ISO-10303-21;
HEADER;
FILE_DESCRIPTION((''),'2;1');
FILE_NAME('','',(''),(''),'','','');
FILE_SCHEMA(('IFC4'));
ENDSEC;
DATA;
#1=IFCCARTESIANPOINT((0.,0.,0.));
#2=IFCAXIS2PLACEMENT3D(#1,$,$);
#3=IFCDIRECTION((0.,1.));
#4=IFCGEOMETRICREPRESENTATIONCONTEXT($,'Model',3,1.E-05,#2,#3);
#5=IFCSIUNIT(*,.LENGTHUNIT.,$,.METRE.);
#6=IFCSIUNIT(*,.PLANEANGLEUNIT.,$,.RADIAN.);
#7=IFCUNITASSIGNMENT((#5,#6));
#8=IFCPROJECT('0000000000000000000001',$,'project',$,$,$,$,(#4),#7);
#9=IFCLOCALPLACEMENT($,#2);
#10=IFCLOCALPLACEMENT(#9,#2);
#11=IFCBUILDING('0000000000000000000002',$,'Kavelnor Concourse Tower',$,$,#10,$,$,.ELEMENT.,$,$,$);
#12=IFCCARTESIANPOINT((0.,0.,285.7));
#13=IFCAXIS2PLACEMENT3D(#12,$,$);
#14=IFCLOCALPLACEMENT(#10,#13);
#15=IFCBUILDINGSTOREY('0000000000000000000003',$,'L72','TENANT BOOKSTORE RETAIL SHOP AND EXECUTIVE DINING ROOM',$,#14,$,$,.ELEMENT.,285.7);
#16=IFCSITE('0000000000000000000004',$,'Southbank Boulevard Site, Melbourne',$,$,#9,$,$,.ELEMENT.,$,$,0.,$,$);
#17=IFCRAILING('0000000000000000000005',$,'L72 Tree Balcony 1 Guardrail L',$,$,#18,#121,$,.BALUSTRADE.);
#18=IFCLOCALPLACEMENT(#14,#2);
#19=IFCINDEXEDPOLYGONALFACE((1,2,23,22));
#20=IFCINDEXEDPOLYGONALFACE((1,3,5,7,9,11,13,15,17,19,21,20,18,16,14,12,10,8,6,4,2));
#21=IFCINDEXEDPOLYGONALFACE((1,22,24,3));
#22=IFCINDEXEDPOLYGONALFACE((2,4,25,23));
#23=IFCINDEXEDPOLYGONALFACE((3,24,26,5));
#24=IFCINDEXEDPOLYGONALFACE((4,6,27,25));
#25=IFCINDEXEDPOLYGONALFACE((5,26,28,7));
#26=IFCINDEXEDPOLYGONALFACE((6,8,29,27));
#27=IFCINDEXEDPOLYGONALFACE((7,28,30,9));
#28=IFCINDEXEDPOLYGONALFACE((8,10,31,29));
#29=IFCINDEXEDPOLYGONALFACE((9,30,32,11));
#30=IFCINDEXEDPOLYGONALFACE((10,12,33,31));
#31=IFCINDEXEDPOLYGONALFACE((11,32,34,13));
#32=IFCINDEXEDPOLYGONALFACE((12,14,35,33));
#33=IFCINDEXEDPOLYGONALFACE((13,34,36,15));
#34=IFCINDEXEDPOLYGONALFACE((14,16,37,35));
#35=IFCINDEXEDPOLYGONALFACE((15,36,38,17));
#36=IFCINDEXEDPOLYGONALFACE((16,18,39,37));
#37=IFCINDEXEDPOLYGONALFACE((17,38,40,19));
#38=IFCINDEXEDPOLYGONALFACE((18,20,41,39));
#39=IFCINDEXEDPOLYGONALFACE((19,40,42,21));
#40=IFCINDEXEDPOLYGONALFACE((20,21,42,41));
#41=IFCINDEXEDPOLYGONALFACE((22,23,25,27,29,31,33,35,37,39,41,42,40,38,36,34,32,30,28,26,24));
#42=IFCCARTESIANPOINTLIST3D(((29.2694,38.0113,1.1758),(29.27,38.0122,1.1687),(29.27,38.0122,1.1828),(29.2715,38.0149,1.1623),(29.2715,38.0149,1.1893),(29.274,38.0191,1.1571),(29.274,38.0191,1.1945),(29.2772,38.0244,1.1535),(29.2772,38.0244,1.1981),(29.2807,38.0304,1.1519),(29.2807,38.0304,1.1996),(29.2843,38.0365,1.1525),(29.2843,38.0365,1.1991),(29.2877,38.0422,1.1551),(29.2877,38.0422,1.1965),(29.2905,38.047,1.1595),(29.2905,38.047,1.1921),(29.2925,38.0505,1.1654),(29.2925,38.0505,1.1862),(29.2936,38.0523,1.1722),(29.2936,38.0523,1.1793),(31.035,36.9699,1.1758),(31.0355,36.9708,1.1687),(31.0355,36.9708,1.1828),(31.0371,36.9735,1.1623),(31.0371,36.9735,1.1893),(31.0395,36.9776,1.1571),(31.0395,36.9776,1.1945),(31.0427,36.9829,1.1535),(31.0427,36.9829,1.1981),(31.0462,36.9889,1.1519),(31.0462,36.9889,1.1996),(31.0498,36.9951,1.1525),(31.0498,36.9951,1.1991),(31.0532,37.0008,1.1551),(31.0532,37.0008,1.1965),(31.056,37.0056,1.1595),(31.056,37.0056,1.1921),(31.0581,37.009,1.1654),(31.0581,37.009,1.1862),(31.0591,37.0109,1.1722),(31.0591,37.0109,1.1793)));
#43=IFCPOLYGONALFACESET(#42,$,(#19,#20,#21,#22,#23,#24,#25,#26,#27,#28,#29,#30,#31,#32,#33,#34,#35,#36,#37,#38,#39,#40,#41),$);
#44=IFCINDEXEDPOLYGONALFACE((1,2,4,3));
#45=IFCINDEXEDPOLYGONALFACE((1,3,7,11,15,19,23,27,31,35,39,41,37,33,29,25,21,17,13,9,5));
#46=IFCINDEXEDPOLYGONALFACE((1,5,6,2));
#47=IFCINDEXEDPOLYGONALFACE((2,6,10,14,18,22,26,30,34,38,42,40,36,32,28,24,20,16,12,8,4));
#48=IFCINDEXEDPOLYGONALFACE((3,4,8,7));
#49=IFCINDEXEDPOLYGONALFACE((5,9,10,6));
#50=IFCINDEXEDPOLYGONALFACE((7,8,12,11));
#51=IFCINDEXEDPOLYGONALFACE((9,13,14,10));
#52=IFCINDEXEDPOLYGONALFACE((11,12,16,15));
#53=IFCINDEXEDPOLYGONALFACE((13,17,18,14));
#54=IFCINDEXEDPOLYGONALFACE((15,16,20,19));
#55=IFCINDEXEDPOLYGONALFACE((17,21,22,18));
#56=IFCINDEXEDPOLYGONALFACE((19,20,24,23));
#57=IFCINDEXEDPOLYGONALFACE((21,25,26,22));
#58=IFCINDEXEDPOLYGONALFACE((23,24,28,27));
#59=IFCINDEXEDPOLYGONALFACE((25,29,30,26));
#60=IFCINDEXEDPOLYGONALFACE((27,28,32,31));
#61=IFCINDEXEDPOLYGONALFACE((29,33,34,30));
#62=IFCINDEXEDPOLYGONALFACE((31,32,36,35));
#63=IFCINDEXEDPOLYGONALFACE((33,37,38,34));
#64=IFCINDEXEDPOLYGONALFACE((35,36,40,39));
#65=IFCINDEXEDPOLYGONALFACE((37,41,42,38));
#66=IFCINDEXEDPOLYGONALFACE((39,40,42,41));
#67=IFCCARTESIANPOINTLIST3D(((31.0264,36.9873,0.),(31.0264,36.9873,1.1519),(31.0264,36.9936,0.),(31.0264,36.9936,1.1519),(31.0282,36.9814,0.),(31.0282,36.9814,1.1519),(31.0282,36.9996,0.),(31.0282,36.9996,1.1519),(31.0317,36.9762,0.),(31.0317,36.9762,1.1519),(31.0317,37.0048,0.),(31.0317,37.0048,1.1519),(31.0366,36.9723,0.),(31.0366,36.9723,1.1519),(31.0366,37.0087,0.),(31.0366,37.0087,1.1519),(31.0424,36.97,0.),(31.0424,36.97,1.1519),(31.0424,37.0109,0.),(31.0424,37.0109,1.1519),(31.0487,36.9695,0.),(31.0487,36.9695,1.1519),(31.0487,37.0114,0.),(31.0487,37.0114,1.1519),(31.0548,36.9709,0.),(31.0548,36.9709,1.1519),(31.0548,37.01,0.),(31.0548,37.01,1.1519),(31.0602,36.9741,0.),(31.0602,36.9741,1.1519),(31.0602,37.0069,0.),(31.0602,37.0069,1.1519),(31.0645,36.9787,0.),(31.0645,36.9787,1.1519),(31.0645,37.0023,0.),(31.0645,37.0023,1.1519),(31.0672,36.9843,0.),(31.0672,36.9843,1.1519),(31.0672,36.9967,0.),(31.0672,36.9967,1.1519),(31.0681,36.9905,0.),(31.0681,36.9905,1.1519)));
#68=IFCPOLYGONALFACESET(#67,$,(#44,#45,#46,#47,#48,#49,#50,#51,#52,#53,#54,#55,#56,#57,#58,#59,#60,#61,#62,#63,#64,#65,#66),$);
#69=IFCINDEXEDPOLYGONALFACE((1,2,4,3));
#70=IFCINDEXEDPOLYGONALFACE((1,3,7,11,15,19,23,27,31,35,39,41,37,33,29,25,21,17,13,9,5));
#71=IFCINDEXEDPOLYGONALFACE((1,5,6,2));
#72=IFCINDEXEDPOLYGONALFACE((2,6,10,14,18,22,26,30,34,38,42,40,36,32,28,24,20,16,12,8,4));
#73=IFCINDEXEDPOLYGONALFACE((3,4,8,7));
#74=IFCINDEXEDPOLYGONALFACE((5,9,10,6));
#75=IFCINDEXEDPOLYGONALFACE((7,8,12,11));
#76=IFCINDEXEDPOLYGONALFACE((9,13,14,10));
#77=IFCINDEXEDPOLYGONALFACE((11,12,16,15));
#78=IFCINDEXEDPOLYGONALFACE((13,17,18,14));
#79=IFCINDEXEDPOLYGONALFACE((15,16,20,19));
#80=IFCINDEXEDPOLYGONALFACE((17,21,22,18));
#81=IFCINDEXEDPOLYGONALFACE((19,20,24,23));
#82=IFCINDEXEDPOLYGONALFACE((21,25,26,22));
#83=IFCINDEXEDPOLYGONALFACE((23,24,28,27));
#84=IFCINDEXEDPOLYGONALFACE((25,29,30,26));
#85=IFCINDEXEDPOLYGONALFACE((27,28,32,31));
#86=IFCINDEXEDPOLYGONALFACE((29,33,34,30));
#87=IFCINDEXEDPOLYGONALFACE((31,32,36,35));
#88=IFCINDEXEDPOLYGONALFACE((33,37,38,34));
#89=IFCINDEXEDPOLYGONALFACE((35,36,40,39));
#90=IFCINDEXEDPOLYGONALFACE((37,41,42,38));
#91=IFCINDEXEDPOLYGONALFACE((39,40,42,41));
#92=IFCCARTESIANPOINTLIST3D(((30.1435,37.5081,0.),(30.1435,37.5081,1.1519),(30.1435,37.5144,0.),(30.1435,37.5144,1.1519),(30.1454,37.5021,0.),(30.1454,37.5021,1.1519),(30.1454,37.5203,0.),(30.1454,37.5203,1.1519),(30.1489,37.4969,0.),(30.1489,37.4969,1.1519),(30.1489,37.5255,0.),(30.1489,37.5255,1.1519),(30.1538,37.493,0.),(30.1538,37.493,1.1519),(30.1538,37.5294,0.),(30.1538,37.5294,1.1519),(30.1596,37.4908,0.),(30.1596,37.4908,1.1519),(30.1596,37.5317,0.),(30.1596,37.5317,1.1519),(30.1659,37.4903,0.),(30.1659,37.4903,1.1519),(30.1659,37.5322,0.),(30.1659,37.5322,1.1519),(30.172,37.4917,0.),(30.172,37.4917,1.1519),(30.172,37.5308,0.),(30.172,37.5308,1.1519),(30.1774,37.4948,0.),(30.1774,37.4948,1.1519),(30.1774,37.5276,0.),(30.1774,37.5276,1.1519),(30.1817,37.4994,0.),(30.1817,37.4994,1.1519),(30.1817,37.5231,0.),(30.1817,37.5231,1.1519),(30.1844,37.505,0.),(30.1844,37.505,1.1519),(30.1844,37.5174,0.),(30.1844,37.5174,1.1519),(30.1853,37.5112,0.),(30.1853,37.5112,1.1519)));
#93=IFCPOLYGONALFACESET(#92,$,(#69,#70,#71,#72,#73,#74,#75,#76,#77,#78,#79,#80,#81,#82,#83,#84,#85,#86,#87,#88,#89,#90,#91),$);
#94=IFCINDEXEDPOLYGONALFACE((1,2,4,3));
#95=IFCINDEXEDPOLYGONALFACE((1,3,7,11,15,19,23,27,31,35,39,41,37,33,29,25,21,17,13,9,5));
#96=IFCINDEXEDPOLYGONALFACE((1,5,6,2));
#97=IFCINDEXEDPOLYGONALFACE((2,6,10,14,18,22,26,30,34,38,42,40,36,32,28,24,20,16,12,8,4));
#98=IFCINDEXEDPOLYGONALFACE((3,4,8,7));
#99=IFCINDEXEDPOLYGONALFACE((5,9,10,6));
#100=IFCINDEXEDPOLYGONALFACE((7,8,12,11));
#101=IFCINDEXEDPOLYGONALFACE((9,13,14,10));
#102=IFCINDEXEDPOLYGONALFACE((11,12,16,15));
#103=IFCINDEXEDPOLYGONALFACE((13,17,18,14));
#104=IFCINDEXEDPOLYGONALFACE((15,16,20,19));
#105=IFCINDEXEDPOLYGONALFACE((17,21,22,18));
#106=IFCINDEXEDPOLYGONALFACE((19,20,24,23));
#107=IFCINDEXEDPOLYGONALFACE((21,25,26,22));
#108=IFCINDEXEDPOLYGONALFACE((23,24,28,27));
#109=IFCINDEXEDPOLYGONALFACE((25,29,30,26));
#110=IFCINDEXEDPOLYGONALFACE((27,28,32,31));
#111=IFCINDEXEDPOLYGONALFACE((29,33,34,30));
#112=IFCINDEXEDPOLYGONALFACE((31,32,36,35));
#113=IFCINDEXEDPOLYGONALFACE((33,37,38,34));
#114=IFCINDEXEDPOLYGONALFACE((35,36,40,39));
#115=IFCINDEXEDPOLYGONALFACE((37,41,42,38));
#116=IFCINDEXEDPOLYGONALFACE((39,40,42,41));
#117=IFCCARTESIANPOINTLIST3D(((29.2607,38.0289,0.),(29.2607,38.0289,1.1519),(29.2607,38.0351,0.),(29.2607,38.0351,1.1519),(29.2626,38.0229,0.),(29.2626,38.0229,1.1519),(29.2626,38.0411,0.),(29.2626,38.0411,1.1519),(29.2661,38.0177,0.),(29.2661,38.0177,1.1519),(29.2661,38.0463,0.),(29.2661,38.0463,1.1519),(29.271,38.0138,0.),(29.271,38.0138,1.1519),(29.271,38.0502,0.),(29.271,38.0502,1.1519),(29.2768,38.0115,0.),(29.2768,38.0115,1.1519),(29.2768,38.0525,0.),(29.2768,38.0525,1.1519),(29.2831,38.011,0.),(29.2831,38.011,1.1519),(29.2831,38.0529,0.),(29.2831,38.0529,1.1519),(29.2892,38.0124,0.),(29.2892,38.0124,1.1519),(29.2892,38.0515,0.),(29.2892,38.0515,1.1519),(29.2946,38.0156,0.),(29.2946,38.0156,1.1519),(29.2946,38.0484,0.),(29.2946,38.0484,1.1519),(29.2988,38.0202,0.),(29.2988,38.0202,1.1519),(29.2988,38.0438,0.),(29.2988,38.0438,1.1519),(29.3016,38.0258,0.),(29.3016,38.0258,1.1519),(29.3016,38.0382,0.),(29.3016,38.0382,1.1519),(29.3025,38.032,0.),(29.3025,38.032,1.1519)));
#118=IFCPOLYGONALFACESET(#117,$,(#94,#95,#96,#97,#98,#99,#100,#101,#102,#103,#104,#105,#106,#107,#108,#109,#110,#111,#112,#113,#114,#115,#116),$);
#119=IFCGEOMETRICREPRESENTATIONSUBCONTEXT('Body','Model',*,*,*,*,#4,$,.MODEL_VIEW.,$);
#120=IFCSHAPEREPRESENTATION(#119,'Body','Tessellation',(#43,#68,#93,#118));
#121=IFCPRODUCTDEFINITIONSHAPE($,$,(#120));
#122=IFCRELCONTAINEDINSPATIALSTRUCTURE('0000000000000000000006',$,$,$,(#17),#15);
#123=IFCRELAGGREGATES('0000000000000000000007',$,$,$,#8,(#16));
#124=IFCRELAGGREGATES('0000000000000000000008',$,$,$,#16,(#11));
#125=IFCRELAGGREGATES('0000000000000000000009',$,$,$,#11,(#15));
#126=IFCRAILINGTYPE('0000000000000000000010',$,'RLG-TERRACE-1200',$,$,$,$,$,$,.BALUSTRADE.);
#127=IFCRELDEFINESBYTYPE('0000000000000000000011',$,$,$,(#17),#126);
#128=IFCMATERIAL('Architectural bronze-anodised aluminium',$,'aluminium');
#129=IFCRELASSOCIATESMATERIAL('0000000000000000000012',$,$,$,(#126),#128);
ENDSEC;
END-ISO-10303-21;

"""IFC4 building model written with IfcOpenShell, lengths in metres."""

from ifc_helpers import new_model, si_unit, direction, frame, origin, origin_2d, place, context, subcontext, project, spatial, circle, extrude, material, type_object, element, save


model = new_model("IFC4")

# Units and contexts
model_context = context("Model", 3, precision=1e-05, world=origin(), true_north=direction((0.0, 1.0)))
body_context = subcontext(model_context, "Body", "Model", "MODEL_VIEW")
ifc_project = project(units=[si_unit("LENGTHUNIT", "METRE"), si_unit("PLANEANGLEUNIT", "RADIAN")], contexts=[model_context])

# Site, building, storey
site_placement = place(None, origin())
site = spatial("IfcSite", under=ifc_project, at=site_placement, Name="Southbank Boulevard Site, Melbourne", CompositionType="ELEMENT", RefElevation=0.0)
building_placement = place(site_placement, origin())
building = spatial("IfcBuilding", under=site, at=building_placement, Name="Kavelnor Concourse Tower", CompositionType="ELEMENT")
storey_placement = place(building_placement, frame((0.0, 0.0, 285.7)))
storey = spatial("IfcBuildingStorey", under=building, at=storey_placement, Name="L72", Description="TENANT BOOKSTORE RETAIL SHOP AND EXECUTIVE DINING ROOM", CompositionType="ELEMENT", Elevation=285.7)

# Railing
ifc_material_1 = material(Name="Architectural bronze-anodised aluminium", Category="aluminium")
railing_type = type_object("IfcRailingType", Name="RLG-TERRACE-1200", PredefinedType="BALUSTRADE", material=ifc_material_1)
railing_1_placement = place(storey_placement, frame((31.0471, 36.9905, 0.0)))
element("IfcRailing", 1, at=railing_1_placement, inside=storey, type_object=railing_type, Name="L72 Tree Balcony 1 Guardrail L", PredefinedType="BALUSTRADE", context=body_context, shape_type="SweptSolid", body=[
    extrude(circle(Radius=0.0239, at=origin_2d()), frame((0.0, 0.0, 1.1758), z_axis=(-0.861315, 0.508071, 0.0), x_axis=(-0.508071, -0.861315, 0.0)), (0.0, 0.0, 1.0), 2.0498),
    extrude(circle(Radius=0.021, at=origin_2d()), origin(), (0.0, 0.0, 1.0), 1.1519),
    extrude(circle(Radius=0.021, at=origin_2d()), frame((-0.8828, 0.5208, 0.0)), (0.0, 0.0, 1.0), 1.1519),
    extrude(circle(Radius=0.021, at=origin_2d()), frame((-1.7656, 1.0415, 0.0)), (0.0, 0.0, 1.0), 1.1519),
])

save(model, "model.ifc")
